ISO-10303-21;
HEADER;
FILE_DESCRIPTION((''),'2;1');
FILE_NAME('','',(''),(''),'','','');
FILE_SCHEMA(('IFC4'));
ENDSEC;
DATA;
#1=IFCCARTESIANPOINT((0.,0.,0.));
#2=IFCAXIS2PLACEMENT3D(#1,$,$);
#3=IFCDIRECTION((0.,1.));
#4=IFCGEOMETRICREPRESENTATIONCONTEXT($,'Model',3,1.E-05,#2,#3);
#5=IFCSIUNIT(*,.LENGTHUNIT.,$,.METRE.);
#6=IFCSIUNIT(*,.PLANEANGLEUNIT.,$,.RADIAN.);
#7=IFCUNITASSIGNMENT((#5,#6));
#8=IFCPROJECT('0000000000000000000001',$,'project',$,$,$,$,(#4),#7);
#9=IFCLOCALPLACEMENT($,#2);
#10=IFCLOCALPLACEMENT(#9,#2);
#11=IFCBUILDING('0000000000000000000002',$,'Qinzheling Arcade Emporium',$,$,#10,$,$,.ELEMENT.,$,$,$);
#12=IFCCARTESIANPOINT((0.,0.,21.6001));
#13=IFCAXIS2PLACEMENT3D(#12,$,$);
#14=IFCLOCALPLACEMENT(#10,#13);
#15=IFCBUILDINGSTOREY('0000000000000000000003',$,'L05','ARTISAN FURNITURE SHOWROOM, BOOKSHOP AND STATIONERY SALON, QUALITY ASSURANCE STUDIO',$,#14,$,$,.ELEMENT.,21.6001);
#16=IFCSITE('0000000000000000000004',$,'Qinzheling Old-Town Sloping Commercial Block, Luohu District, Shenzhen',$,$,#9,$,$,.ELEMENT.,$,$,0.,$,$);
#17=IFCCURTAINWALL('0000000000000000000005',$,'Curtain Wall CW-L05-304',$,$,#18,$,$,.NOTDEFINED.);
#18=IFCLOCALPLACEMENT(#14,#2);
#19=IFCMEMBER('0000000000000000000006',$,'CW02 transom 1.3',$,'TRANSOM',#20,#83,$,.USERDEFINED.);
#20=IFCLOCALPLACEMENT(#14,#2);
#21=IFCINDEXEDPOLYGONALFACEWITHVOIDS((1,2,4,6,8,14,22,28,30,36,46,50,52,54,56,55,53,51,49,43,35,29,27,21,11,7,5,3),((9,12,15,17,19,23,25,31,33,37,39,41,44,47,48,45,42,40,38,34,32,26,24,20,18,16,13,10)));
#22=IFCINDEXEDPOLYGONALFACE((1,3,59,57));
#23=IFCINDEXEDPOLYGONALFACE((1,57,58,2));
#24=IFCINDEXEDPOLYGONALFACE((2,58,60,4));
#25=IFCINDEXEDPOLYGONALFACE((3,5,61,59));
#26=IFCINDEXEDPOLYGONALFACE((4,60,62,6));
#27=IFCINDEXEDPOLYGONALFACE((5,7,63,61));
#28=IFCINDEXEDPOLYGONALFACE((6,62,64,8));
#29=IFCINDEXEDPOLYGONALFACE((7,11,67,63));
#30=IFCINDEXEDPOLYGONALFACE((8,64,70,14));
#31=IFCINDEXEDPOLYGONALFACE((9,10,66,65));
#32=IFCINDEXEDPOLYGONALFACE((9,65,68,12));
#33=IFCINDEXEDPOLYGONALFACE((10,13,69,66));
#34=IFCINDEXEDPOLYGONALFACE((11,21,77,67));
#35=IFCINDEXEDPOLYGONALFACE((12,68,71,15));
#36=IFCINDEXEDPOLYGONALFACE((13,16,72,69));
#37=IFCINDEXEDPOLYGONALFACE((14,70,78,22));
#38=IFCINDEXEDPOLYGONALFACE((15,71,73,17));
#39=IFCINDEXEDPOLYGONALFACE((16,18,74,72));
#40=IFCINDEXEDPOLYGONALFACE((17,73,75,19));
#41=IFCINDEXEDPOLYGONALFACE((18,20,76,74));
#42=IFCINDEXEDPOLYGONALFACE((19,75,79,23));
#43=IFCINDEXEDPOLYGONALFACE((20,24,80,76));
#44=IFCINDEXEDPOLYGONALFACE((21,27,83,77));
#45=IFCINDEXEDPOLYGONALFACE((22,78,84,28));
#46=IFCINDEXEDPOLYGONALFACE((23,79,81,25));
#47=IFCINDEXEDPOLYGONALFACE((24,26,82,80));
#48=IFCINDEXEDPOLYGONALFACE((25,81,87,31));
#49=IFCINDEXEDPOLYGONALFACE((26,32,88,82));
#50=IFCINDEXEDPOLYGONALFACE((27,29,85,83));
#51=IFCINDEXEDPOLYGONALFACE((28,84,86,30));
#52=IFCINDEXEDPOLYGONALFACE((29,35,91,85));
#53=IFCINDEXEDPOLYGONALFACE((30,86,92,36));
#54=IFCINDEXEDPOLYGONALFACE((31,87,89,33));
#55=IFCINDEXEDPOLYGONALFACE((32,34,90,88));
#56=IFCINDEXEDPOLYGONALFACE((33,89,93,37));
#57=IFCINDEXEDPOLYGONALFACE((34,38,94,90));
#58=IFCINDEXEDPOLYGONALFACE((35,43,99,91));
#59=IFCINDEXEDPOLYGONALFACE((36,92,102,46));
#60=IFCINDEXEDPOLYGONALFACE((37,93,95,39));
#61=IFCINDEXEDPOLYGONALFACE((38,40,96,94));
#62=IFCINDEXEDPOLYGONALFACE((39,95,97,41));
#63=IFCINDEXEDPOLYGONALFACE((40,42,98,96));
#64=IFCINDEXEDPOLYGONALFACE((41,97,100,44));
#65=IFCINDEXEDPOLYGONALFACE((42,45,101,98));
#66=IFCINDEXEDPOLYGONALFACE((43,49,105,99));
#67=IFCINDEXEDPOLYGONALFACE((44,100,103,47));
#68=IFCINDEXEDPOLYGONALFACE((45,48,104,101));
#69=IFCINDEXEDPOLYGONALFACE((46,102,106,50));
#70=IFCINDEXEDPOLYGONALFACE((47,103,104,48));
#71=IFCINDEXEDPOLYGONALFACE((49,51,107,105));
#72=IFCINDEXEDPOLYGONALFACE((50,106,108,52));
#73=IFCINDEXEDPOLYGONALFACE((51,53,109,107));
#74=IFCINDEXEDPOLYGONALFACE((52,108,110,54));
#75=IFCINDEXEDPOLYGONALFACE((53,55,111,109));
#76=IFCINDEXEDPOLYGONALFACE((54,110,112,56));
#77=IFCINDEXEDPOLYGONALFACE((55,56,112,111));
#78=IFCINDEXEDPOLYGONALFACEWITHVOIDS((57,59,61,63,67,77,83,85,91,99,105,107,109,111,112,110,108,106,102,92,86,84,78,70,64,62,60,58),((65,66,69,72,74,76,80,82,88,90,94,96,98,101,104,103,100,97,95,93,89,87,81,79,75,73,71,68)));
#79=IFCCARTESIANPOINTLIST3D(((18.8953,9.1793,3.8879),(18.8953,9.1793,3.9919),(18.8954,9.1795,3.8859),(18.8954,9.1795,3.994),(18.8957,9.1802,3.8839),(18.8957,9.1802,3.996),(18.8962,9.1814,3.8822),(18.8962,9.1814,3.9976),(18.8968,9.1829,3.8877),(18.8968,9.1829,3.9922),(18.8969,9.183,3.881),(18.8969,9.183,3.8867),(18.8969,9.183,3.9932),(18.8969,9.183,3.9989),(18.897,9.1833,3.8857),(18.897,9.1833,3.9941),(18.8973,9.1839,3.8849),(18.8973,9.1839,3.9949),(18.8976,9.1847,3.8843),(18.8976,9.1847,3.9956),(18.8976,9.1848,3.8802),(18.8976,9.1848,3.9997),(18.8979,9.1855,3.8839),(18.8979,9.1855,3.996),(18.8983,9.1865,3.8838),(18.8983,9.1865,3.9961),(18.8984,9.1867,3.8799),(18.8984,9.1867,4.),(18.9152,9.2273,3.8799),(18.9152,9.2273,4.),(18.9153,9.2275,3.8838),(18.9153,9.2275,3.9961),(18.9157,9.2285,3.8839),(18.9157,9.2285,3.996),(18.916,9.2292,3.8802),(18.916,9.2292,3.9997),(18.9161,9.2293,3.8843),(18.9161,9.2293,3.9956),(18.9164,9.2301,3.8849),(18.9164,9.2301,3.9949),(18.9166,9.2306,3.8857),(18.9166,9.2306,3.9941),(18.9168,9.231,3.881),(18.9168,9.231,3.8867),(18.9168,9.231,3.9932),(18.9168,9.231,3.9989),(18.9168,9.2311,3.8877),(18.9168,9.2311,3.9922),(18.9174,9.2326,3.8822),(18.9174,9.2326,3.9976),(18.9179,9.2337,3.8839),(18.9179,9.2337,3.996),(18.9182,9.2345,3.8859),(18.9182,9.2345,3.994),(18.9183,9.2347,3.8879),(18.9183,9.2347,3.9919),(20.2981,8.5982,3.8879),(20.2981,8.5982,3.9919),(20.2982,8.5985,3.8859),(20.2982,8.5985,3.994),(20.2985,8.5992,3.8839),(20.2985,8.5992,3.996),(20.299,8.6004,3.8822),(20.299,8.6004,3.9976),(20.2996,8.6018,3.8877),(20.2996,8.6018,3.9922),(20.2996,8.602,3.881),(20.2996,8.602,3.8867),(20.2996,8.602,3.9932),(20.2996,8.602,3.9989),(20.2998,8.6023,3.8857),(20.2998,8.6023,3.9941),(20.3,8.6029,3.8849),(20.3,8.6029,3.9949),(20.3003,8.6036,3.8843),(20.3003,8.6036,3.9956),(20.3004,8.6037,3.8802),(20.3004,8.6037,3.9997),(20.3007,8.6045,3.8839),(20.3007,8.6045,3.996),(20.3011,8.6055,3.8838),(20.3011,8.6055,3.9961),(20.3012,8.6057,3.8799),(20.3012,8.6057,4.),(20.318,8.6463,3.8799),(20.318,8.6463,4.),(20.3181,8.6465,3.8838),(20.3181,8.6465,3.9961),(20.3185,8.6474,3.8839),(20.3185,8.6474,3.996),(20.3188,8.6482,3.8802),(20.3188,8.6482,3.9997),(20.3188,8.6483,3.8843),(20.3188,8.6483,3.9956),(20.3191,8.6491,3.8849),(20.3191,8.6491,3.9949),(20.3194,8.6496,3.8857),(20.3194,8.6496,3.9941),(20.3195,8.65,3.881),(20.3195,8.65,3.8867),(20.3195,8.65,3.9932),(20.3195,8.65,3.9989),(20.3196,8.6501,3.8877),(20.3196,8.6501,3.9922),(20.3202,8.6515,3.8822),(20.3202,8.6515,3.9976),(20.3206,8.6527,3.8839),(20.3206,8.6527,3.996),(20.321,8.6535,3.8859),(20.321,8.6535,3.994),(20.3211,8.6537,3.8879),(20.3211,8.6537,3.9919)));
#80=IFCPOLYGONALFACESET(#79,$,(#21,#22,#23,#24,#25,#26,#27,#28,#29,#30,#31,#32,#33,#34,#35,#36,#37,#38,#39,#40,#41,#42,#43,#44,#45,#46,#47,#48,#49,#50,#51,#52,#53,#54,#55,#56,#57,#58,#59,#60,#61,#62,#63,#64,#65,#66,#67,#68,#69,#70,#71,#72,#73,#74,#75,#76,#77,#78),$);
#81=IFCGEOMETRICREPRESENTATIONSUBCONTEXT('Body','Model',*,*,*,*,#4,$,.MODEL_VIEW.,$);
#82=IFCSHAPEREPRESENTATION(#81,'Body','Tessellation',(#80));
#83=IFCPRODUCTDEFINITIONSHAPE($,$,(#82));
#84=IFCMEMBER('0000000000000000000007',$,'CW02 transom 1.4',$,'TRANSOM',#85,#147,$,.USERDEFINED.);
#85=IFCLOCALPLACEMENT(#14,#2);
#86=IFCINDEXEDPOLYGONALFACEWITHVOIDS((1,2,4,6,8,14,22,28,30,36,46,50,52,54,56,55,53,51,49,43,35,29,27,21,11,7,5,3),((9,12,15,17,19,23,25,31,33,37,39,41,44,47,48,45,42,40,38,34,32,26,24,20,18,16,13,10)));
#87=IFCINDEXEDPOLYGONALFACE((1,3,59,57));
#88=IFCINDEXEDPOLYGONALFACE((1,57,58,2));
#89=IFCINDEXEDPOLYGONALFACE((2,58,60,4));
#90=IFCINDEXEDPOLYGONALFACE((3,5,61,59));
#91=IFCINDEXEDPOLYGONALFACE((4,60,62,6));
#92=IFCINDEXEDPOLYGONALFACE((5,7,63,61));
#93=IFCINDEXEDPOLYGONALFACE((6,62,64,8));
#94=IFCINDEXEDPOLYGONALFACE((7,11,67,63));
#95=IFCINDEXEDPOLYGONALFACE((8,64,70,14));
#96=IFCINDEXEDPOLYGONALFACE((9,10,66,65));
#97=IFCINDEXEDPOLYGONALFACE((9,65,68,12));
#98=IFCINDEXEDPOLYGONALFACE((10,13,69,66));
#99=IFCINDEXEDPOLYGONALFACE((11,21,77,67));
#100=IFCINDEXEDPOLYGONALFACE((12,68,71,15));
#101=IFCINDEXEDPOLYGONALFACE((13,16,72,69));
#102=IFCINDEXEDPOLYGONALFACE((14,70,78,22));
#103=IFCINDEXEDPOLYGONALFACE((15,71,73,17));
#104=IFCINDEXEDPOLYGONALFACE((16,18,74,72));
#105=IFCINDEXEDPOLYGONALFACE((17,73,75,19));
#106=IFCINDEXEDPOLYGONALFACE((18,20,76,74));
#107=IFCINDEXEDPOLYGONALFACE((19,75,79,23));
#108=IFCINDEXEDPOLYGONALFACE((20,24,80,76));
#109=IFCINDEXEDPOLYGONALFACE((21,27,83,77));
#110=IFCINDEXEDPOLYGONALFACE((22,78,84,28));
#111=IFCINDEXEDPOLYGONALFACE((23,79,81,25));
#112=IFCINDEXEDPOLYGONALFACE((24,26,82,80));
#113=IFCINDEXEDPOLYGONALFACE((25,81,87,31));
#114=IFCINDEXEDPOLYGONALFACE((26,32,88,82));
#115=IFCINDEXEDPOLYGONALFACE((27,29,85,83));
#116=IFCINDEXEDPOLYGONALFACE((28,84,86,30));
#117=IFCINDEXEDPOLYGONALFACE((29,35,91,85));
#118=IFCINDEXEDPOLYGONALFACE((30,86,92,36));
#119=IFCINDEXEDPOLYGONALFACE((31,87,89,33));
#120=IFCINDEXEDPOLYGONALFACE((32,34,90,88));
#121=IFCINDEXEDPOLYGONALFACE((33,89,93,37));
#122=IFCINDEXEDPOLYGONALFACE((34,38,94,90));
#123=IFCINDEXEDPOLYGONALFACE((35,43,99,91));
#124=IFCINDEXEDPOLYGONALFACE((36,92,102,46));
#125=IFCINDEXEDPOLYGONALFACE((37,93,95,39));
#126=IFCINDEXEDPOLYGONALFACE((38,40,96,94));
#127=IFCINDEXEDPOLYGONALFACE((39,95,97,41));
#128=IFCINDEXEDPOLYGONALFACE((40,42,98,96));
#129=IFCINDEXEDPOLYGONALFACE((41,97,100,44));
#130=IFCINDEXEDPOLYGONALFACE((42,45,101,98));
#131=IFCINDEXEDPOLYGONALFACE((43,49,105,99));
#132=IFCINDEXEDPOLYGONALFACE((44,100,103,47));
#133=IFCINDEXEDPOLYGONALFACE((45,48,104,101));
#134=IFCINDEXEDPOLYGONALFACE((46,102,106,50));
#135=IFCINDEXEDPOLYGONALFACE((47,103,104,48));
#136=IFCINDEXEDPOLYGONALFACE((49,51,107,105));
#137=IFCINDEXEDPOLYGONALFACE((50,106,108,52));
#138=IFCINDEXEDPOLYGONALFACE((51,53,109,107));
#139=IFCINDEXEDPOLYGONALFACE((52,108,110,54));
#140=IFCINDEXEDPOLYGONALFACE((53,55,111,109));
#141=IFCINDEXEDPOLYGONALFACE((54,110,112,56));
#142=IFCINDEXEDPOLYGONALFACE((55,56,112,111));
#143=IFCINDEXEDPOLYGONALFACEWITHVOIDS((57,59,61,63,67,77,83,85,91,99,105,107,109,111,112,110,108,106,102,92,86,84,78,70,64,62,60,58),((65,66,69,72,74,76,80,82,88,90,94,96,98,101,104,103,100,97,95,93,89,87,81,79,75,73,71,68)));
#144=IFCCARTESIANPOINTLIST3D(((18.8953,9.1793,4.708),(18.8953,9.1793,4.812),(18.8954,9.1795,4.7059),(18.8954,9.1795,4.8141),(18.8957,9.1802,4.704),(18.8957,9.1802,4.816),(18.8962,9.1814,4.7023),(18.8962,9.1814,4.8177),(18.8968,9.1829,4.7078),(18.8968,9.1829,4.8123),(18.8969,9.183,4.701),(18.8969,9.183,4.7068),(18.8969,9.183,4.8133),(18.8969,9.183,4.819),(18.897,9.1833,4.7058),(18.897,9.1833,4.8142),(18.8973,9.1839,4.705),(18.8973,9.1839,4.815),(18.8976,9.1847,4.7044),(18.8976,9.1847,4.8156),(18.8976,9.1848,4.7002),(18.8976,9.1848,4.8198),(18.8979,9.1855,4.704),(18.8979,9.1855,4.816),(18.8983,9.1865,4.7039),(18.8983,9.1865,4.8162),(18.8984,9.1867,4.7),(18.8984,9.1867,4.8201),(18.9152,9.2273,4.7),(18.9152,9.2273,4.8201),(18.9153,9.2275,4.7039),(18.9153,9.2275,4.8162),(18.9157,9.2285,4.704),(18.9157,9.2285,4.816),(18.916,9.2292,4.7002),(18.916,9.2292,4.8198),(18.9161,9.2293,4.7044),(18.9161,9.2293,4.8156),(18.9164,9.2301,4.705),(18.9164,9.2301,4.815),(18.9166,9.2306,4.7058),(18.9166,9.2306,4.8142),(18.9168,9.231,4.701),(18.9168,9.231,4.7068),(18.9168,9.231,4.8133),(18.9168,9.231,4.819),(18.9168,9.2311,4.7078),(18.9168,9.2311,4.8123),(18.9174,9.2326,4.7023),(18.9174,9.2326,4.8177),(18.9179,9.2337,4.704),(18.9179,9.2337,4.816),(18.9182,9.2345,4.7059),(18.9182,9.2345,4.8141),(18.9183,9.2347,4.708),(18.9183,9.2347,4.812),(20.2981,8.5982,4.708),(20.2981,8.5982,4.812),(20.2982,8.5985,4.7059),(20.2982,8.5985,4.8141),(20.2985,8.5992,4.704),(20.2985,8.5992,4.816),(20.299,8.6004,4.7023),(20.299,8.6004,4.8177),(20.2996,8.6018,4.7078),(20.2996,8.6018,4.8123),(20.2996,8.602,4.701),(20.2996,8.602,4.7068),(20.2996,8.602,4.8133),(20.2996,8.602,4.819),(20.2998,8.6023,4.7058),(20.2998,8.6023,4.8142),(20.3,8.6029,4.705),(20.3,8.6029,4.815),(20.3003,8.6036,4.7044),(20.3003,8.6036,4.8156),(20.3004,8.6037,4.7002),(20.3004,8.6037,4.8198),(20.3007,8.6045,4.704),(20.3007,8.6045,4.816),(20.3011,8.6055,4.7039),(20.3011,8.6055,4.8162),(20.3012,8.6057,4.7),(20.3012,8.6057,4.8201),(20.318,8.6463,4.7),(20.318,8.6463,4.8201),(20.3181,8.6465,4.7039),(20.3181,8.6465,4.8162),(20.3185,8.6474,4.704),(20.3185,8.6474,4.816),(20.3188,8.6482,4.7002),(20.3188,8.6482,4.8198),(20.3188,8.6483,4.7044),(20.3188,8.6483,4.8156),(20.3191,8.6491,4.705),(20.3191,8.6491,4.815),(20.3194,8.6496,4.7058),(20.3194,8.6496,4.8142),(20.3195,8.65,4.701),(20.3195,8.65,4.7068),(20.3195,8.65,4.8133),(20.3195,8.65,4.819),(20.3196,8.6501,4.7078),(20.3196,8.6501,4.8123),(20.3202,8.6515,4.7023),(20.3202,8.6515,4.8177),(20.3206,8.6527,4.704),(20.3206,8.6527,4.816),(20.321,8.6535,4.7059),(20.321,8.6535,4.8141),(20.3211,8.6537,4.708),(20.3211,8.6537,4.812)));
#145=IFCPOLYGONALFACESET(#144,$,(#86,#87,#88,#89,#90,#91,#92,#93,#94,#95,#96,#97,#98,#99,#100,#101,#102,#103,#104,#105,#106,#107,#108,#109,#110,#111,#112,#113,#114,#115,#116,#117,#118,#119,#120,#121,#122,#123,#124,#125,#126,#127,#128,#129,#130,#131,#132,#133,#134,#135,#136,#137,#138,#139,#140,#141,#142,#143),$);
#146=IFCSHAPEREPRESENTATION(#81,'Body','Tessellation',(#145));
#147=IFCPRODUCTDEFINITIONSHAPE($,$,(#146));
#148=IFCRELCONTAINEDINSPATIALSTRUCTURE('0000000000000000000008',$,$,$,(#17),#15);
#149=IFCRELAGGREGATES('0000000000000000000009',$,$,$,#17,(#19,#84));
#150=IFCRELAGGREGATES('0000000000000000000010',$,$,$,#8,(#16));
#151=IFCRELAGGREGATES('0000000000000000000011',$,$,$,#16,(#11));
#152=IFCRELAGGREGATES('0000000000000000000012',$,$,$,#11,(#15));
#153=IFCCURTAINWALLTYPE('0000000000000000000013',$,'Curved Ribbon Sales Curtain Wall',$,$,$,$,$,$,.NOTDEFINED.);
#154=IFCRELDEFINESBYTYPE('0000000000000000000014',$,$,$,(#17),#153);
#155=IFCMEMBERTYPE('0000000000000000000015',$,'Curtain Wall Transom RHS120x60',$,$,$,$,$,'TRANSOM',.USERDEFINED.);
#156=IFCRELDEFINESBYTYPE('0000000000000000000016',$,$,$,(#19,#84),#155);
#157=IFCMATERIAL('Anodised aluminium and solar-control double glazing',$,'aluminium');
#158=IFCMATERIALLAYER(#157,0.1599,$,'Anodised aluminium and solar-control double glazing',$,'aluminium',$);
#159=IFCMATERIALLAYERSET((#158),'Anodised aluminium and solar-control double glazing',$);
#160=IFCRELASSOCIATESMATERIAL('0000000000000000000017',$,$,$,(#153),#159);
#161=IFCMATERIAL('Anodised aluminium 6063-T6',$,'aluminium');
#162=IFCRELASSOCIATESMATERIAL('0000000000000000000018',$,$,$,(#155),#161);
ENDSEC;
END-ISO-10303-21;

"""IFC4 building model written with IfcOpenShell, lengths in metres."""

from ifc_helpers import new_model, si_unit, direction, frame, origin, origin_2d, place, context, subcontext, project, spatial, hollow_rectangle, extrude, material, layer, layer_set, material_profile, profile_set, type_object, element, aggregate, save


model = new_model("IFC4")

# Units and contexts
model_context = context("Model", 3, precision=1e-05, world=origin(), true_north=direction((0.0, 1.0)))
body_context = subcontext(model_context, "Body", "Model", "MODEL_VIEW")
ifc_project = project(units=[si_unit("LENGTHUNIT", "METRE"), si_unit("PLANEANGLEUNIT", "RADIAN")], contexts=[model_context])

# Site, building, storey
site_placement = place(None, origin())
site = spatial("IfcSite", under=ifc_project, at=site_placement, Name="Qinzheling Old-Town Sloping Commercial Block, Luohu District, Shenzhen", CompositionType="ELEMENT", RefElevation=0.0)
building_placement = place(site_placement, origin())
building = spatial("IfcBuilding", under=site, at=building_placement, Name="Qinzheling Arcade Emporium", CompositionType="ELEMENT")
storey_placement = place(building_placement, frame((0.0, 0.0, 21.6001)))
storey = spatial("IfcBuildingStorey", under=building, at=storey_placement, Name="L05", Description="ARTISAN FURNITURE SHOWROOM, BOOKSHOP AND STATIONERY SALON, QUALITY ASSURANCE STUDIO", CompositionType="ELEMENT", Elevation=21.6001)

# Curtain wall
ifc_material_1 = material(Name="Anodised aluminium and solar-control double glazing", Category="aluminium")
ifc_layer_1 = layer(ifc_material_1, 0.1599, Name="Anodised aluminium and solar-control double glazing", Category="aluminium")
ifc_layer_set_1 = layer_set([ifc_layer_1], Name="Anodised aluminium and solar-control double glazing")
curtain_wall_type = type_object("IfcCurtainWallType", Name="Curved Ribbon Sales Curtain Wall", PredefinedType="NOTDEFINED", material=ifc_layer_set_1)
ifc_material_2 = material(Name="Anodised aluminium 6063-T6", Category="aluminium")
curtain_wall_1_placement = place(storey_placement, origin())
curtain_wall_1 = element("IfcCurtainWall", 1, at=curtain_wall_1_placement, inside=storey, type_object=curtain_wall_type, Name="Curtain Wall CW-L05-304", PredefinedType="NOTDEFINED")

# Members
ifc_material_profile_1 = material_profile(ifc_material_2, hollow_rectangle(XDim=0.0601, YDim=0.1201, WallThickness=0.0039, InnerFilletRadius=0.0039, OuterFilletRadius=0.0081, at=origin_2d()), Name="RHS 120x60x4", Category="aluminium")
ifc_profile_set_1 = profile_set([ifc_material_profile_1], Name="Anodised aluminium 6063-T6")
member_type_1 = type_object("IfcMemberType", Name="Curtain Wall Transom RHS120x60", ElementType="TRANSOM", PredefinedType="USERDEFINED", material=ifc_profile_set_1)
member_1_placement = place(storey_placement, frame((20.3096, 8.626, 3.9399), z_axis=(-0.923884, 0.382674, 0.0), x_axis=(-0.382674, -0.923884, 0.0)))
member_1 = element("IfcMember", 2, at=member_1_placement, type_object=member_type_1, Name="CW02 transom 1.3", ObjectType="TRANSOM", PredefinedType="USERDEFINED", context=body_context, shape_type="SweptSolid", body=[
    extrude(hollow_rectangle(XDim=0.0601, YDim=0.1201, WallThickness=0.0039, InnerFilletRadius=0.0039, OuterFilletRadius=0.0081, at=origin_2d()), origin(), (0.0, 0.0, 1.0), 1.5183),
])
member_2_placement = place(storey_placement, frame((20.3096, 8.626, 4.76), z_axis=(-0.923884, 0.382674, 0.0), x_axis=(-0.382674, -0.923884, 0.0)))
member_2 = element("IfcMember", 3, at=member_2_placement, type_object=member_type_1, Name="CW02 transom 1.4", ObjectType="TRANSOM", PredefinedType="USERDEFINED", context=body_context, shape_type="SweptSolid", body=[
    extrude(hollow_rectangle(XDim=0.0601, YDim=0.1201, WallThickness=0.0039, InnerFilletRadius=0.0039, OuterFilletRadius=0.0081, at=origin_2d()), origin(), (0.0, 0.0, 1.0), 1.5183),
])

aggregate(curtain_wall_1, [member_1, member_2])

save(model, "model.ifc")
